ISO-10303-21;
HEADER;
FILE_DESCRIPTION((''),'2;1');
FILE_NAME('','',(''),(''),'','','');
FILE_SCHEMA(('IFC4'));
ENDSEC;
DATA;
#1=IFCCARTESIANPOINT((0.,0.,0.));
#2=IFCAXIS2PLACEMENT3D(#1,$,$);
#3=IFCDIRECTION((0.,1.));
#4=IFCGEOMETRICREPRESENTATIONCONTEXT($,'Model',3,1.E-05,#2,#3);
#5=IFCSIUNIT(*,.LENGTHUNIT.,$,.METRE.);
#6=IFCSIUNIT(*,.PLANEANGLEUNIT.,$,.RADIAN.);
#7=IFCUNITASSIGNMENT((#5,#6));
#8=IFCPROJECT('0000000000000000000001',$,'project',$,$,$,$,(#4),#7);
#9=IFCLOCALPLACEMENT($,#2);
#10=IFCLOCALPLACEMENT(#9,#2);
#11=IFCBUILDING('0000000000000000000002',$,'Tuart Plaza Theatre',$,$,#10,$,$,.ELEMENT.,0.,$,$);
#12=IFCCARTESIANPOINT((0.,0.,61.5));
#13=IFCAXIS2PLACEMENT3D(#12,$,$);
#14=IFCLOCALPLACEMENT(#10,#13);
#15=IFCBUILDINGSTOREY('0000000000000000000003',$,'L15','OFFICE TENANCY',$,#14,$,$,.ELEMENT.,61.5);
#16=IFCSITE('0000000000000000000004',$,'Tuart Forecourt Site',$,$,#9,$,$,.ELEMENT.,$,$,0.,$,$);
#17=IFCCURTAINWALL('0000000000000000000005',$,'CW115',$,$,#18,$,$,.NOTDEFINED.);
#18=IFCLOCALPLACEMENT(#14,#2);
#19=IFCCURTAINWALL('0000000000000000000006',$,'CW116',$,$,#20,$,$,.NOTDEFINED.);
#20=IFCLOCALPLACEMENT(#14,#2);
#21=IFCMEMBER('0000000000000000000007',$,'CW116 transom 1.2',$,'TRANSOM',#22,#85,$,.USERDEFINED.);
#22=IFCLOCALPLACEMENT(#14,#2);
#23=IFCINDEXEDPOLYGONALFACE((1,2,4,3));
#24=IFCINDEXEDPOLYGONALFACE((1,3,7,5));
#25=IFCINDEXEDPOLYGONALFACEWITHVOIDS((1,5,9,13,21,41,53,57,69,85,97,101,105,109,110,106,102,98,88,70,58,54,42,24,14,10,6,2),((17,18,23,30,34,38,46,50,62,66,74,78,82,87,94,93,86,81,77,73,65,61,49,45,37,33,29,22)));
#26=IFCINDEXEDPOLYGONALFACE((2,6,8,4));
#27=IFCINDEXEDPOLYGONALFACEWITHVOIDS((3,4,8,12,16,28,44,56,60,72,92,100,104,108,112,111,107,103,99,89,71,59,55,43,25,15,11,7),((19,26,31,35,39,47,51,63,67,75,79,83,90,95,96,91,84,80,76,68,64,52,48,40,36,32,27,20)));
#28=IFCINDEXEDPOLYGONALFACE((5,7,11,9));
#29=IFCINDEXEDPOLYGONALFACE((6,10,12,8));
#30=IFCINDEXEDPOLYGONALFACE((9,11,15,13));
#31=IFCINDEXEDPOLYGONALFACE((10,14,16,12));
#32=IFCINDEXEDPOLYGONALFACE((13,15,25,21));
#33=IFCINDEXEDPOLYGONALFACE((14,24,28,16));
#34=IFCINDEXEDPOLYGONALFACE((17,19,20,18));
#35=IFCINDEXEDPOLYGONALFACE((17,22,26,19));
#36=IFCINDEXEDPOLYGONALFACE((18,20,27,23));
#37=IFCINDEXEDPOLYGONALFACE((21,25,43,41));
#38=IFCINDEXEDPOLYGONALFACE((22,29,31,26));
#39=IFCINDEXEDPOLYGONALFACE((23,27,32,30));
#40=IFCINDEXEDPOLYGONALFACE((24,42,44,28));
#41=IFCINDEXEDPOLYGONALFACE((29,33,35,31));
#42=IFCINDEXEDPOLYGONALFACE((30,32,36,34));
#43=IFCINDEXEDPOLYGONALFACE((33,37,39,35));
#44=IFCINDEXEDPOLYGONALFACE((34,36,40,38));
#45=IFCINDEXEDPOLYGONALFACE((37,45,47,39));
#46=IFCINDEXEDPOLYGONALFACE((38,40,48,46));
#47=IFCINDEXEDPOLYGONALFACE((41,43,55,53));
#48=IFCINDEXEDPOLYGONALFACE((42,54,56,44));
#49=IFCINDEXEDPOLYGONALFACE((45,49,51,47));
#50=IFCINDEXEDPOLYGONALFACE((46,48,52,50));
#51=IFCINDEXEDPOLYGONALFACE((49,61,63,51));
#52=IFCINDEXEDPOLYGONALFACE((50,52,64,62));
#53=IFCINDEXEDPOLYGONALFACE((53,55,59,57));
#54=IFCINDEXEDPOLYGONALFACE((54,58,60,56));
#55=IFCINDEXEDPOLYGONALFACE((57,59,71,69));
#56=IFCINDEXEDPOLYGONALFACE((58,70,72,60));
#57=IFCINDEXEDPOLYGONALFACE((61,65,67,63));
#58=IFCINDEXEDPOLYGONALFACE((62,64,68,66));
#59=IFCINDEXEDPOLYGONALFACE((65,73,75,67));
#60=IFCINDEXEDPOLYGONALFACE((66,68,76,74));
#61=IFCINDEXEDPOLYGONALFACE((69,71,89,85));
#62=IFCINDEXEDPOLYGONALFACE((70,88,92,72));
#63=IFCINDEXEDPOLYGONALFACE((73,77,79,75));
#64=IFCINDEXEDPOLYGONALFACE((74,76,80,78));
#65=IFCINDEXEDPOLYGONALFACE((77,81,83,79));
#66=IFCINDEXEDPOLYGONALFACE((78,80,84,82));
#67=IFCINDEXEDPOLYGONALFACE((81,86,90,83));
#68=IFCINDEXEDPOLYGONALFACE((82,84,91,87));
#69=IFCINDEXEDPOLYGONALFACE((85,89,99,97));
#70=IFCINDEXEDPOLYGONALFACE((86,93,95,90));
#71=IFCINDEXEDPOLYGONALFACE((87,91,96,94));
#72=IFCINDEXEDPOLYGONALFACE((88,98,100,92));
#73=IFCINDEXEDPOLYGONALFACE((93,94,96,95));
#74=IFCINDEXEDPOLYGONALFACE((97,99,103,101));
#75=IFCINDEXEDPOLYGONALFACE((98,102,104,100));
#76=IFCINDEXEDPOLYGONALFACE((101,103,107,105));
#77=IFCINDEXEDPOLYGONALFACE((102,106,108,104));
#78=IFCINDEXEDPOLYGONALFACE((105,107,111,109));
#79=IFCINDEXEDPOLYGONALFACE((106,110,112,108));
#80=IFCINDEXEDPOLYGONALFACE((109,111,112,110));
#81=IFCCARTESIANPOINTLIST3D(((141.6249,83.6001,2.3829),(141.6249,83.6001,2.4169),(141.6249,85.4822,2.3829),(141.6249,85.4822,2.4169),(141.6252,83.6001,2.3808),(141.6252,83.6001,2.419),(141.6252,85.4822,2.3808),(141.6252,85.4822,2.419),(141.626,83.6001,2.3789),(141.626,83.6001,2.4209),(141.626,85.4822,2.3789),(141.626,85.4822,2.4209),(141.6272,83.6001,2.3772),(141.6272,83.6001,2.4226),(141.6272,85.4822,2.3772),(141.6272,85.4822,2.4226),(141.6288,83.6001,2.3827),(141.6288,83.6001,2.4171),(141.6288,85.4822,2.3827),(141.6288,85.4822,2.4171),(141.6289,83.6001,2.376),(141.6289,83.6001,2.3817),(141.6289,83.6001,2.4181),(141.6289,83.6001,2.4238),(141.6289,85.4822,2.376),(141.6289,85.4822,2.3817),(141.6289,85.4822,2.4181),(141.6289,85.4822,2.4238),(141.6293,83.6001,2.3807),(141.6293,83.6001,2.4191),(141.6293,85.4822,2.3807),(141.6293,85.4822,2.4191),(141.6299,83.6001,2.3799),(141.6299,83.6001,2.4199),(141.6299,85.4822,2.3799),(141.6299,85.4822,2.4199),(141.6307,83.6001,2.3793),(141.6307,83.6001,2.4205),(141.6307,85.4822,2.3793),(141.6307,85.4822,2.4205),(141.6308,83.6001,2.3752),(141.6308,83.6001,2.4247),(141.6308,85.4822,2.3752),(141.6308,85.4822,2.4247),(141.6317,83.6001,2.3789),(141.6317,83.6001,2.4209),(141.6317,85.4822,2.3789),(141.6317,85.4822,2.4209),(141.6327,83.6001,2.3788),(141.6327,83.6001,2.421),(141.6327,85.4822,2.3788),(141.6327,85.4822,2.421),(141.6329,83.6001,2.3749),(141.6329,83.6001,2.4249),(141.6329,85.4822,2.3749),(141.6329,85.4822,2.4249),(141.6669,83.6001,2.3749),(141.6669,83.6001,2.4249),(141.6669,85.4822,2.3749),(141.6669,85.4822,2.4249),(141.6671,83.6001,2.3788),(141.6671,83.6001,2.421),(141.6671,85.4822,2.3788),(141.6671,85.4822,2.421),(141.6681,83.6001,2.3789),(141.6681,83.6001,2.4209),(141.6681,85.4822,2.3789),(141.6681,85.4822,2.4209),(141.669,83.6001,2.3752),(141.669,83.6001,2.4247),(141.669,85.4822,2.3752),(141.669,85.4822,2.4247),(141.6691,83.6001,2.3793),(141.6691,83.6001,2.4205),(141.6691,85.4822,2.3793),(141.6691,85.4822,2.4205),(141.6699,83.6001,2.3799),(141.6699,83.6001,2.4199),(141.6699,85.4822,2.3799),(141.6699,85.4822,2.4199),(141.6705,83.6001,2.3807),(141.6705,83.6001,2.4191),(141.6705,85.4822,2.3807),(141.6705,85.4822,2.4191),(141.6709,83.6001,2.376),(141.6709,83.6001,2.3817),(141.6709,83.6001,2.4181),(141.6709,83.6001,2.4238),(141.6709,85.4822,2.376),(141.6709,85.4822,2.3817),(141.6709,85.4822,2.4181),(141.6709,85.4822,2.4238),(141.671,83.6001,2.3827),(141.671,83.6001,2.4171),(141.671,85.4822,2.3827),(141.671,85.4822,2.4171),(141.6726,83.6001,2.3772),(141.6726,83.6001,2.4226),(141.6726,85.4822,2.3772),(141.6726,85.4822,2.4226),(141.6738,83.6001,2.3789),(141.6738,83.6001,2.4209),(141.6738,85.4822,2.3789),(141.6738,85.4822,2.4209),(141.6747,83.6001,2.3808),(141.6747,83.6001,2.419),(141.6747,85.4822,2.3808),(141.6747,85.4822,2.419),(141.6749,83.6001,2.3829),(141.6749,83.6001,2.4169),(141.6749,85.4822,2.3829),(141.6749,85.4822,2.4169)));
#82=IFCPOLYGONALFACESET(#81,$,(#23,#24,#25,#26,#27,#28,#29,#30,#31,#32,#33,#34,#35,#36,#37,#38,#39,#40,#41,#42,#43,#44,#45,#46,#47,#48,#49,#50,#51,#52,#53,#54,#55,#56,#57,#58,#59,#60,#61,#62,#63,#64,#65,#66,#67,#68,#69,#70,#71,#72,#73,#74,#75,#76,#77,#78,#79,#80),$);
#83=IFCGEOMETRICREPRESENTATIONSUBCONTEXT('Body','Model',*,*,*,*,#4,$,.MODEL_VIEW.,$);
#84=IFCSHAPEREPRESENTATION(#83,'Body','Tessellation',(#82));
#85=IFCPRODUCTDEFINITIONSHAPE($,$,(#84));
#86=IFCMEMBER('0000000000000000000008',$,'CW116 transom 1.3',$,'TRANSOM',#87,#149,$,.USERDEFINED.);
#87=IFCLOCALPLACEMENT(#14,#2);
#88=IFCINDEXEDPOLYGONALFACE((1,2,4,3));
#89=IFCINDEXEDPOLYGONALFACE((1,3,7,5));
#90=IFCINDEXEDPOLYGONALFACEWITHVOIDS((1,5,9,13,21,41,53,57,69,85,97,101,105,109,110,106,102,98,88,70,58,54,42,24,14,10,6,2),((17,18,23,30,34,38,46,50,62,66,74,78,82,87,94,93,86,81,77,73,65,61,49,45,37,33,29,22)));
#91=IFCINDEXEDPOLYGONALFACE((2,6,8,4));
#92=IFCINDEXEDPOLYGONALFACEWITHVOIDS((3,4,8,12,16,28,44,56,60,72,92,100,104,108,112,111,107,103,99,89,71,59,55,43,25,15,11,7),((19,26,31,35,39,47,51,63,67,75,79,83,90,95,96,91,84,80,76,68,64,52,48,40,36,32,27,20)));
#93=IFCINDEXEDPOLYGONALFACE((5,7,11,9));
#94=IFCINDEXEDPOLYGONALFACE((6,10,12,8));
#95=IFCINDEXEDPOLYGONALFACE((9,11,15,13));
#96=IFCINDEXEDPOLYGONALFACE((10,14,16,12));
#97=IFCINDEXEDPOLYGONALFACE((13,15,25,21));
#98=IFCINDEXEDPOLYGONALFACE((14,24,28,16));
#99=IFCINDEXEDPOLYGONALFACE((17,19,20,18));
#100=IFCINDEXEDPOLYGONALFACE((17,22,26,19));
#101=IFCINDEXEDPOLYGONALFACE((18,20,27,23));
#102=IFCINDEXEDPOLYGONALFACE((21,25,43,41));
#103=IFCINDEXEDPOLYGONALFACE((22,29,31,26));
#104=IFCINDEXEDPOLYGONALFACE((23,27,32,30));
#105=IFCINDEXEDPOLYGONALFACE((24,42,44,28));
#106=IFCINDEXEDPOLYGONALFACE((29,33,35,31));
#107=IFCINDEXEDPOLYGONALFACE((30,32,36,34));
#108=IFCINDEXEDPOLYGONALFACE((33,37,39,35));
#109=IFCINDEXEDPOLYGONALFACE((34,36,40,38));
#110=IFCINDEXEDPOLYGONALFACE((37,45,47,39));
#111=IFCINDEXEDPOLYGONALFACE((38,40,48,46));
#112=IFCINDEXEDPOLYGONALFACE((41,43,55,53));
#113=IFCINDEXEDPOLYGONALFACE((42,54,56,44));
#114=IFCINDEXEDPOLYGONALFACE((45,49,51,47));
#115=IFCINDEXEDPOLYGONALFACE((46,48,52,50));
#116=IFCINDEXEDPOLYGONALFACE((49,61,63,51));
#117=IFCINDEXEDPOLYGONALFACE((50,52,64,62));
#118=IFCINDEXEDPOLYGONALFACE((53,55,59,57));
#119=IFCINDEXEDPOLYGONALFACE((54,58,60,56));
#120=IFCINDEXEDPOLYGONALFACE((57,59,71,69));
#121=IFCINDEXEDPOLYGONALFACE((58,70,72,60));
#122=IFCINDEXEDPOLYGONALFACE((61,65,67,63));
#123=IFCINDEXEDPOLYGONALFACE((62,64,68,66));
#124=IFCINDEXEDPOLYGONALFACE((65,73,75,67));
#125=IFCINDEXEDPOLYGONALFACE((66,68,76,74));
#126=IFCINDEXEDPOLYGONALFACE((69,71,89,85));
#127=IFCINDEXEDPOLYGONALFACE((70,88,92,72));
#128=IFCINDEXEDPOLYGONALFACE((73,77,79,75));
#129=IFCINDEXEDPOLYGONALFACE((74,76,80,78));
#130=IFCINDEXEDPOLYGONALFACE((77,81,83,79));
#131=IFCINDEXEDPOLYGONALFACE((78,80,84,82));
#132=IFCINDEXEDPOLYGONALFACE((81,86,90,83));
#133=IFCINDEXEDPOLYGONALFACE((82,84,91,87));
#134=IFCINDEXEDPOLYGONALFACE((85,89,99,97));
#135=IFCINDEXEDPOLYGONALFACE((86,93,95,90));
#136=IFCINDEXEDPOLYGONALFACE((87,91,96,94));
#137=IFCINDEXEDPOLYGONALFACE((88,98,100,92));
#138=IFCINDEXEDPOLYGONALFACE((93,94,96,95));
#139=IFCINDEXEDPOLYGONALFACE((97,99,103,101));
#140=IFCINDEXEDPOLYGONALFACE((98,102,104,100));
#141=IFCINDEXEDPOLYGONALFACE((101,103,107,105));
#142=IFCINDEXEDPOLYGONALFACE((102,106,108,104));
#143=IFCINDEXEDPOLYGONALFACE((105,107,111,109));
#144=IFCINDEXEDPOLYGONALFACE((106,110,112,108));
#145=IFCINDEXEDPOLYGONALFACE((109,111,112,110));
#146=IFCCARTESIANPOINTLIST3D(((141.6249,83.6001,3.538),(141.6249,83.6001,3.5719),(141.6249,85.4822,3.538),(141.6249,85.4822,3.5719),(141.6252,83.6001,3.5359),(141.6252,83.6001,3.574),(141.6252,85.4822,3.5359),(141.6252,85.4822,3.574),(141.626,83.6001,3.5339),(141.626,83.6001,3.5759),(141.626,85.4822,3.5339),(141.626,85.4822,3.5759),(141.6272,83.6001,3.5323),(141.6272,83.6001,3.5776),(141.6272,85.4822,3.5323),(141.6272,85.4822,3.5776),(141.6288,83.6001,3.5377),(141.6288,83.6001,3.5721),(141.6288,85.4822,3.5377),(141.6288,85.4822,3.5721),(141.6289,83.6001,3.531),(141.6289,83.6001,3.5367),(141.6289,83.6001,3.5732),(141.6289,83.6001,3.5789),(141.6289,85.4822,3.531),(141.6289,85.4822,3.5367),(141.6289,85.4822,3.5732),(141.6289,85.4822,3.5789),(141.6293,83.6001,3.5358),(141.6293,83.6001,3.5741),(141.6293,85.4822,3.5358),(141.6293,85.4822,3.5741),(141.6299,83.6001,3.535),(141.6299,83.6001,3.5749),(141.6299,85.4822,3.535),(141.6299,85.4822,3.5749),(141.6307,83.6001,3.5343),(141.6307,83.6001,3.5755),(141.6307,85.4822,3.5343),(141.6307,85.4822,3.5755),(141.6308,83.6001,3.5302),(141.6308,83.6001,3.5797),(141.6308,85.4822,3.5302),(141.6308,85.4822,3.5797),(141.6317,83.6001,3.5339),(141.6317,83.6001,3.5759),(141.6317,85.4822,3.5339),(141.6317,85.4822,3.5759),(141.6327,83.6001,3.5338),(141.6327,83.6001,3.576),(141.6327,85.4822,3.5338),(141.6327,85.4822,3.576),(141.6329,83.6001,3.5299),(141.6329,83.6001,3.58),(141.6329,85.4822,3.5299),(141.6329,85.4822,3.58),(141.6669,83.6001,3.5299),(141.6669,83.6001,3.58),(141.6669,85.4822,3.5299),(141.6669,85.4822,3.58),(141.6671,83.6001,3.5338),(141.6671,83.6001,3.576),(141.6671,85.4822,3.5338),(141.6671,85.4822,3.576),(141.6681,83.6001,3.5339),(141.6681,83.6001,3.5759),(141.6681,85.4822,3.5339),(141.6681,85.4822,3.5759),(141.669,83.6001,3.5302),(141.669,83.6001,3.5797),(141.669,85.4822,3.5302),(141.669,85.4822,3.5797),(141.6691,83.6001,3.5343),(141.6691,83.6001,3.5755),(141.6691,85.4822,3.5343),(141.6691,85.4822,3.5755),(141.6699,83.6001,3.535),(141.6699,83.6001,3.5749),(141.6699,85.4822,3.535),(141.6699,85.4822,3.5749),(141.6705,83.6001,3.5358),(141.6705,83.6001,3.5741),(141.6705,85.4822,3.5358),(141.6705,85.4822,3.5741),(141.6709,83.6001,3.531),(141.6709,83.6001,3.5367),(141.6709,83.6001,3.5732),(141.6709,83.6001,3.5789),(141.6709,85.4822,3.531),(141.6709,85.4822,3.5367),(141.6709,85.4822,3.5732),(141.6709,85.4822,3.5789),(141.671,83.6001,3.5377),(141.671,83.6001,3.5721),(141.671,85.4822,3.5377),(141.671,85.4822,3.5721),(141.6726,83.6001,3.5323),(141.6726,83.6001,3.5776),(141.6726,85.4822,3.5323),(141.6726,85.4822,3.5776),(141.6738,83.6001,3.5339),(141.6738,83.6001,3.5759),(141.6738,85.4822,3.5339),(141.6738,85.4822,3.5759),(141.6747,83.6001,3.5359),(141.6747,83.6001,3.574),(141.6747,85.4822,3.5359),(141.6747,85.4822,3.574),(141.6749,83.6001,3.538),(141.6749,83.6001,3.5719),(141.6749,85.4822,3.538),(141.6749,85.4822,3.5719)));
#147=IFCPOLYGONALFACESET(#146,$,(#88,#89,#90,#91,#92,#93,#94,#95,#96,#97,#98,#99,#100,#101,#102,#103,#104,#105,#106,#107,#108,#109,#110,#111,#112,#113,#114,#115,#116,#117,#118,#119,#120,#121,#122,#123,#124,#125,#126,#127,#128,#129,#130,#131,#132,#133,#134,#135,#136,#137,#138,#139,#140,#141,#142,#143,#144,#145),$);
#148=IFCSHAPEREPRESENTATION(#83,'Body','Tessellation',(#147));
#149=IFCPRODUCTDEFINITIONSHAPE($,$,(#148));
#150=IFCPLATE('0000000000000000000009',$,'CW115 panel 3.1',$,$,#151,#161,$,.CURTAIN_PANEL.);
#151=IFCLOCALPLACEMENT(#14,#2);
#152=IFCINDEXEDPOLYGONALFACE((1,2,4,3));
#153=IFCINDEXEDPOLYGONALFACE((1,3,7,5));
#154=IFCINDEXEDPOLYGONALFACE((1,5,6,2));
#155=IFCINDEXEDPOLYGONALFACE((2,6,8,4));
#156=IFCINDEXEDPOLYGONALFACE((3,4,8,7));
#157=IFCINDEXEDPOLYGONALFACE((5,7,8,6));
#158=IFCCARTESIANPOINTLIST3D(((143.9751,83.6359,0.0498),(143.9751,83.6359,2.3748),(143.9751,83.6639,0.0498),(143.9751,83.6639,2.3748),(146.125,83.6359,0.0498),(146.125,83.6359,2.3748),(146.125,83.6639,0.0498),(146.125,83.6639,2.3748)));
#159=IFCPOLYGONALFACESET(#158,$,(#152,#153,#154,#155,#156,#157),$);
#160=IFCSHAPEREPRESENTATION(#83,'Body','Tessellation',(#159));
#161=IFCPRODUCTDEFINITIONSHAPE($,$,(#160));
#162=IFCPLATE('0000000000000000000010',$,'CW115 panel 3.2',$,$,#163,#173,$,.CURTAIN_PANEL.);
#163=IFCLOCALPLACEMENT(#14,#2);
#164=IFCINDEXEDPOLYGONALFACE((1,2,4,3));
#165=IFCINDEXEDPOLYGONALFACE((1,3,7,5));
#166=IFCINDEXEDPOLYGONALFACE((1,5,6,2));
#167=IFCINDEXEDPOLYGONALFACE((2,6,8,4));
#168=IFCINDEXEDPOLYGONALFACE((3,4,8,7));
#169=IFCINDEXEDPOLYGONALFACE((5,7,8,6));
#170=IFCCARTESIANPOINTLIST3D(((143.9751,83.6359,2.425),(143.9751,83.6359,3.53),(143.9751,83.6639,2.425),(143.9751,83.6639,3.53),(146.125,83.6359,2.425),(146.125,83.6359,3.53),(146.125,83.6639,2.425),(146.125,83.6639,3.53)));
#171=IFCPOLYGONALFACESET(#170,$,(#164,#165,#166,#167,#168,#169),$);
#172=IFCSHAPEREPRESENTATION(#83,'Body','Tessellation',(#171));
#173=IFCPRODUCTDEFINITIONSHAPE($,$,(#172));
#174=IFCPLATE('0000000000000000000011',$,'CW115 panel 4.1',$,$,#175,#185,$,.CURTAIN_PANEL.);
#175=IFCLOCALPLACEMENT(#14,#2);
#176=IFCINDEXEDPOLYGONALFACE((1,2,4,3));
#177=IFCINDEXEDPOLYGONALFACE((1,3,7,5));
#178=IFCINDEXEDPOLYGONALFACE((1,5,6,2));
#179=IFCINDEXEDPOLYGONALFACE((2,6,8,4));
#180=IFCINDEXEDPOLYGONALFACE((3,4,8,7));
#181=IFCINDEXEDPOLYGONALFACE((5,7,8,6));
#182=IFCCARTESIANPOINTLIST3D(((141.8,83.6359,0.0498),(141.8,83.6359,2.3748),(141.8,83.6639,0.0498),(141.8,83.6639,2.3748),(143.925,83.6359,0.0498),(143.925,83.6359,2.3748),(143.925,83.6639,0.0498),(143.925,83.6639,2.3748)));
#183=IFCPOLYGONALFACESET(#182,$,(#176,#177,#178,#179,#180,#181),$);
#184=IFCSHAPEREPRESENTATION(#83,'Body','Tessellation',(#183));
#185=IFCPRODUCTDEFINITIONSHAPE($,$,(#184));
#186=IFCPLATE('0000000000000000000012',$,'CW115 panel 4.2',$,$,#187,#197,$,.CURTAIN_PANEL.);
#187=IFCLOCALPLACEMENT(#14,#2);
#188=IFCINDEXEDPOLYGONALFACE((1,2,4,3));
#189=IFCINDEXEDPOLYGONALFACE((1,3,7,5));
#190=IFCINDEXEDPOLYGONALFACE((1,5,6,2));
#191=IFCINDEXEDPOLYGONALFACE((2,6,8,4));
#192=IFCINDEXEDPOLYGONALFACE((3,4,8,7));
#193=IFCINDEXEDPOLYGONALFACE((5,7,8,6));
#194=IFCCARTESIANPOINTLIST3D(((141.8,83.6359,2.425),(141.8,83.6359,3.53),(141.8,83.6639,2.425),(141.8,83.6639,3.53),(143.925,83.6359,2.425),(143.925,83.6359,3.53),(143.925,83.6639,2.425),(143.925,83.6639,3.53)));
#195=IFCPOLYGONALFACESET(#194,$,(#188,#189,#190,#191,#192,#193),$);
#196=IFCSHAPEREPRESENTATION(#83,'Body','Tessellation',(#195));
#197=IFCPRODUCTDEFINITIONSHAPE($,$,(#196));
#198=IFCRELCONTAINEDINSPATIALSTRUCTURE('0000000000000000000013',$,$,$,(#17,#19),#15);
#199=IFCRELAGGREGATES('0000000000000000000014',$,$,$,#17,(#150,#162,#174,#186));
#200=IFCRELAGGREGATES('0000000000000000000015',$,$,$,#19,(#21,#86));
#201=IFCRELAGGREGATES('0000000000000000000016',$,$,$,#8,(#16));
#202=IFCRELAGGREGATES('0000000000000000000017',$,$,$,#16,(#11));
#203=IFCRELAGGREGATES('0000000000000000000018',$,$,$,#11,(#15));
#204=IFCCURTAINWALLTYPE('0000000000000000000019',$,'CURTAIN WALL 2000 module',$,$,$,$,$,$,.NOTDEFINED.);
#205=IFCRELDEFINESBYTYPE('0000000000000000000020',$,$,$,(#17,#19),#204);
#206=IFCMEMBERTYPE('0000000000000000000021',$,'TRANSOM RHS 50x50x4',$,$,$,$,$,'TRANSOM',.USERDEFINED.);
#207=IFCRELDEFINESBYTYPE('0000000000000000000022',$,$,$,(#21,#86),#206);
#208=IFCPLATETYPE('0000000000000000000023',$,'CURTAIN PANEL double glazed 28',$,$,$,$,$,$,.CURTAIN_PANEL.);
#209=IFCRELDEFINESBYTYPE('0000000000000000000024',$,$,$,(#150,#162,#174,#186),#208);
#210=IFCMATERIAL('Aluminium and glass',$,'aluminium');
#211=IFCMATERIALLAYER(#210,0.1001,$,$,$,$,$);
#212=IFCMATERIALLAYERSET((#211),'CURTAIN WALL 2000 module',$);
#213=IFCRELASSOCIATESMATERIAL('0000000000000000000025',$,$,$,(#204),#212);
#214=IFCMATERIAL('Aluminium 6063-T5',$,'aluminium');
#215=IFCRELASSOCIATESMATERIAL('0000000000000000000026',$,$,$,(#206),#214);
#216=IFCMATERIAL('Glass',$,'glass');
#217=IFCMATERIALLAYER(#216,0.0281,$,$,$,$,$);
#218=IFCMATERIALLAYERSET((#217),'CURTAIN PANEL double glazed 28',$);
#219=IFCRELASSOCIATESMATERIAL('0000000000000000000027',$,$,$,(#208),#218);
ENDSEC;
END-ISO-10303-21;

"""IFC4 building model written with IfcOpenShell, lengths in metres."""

from ifc_helpers import new_model, si_unit, direction, frame, origin, origin_2d, place, context, subcontext, project, spatial, rectangle, hollow_rectangle, extrude, material, layer, layer_set, material_profile, profile_set, type_object, element, aggregate, save


model = new_model("IFC4")

# Units and contexts
model_context = context("Model", 3, precision=1e-05, world=origin(), true_north=direction((0.0, 1.0)))
body_context = subcontext(model_context, "Body", "Model", "MODEL_VIEW")
ifc_project = project(units=[si_unit("LENGTHUNIT", "METRE"), si_unit("PLANEANGLEUNIT", "RADIAN")], contexts=[model_context])

# Site, building, storey
site_placement = place(None, origin())
site = spatial("IfcSite", under=ifc_project, at=site_placement, Name="Tuart Forecourt Site", CompositionType="ELEMENT", RefElevation=0.0)
building_placement = place(site_placement, origin())
building = spatial("IfcBuilding", under=site, at=building_placement, Name="Tuart Plaza Theatre", CompositionType="ELEMENT", ElevationOfRefHeight=0.0)
storey_placement = place(building_placement, frame((0.0, 0.0, 61.5)))
storey = spatial("IfcBuildingStorey", under=building, at=storey_placement, Name="L15", Description="OFFICE TENANCY", CompositionType="ELEMENT", Elevation=61.5)

# Curtain walls
ifc_material_1 = material(Name="Aluminium and glass", Category="aluminium")
ifc_layer_1 = layer(ifc_material_1, 0.1001)
ifc_layer_set_1 = layer_set([ifc_layer_1], Name="CURTAIN WALL 2000 module")
curtain_wall_type = type_object("IfcCurtainWallType", Name="CURTAIN WALL 2000 module", PredefinedType="NOTDEFINED", material=ifc_layer_set_1)
curtain_wall_1_placement = place(storey_placement, origin())
curtain_wall_1 = element("IfcCurtainWall", 1, at=curtain_wall_1_placement, inside=storey, type_object=curtain_wall_type, Name="CW115", PredefinedType="NOTDEFINED")
curtain_wall_2_placement = place(storey_placement, origin())
curtain_wall_2 = element("IfcCurtainWall", 2, at=curtain_wall_2_placement, inside=storey, type_object=curtain_wall_type, Name="CW116", PredefinedType="NOTDEFINED")

# Members
ifc_material_2 = material(Name="Aluminium 6063-T5", Category="aluminium")
ifc_material_profile_1 = material_profile(ifc_material_2, hollow_rectangle(XDim=0.05, YDim=0.05, WallThickness=0.0039, InnerFilletRadius=0.0039, OuterFilletRadius=0.0081, at=origin_2d()), Name="RHS 50x50x4")
ifc_profile_set_1 = profile_set([ifc_material_profile_1], Name="Aluminium 6063-T5")
member_type_1 = type_object("IfcMemberType", Name="TRANSOM RHS 50x50x4", ElementType="TRANSOM", PredefinedType="USERDEFINED", material=ifc_profile_set_1)
member_1_placement = place(storey_placement, frame((141.6499, 83.6001, 2.3999), z_axis=(0.0, 1.0, 0.0), x_axis=(-1.0, 0.0, 0.0)))
member_1 = element("IfcMember", 3, at=member_1_placement, type_object=member_type_1, Name="CW116 transom 1.2", ObjectType="TRANSOM", PredefinedType="USERDEFINED", context=body_context, shape_type="SweptSolid", body=[
    extrude(hollow_rectangle(XDim=0.05, YDim=0.05, WallThickness=0.0039, InnerFilletRadius=0.0039, OuterFilletRadius=0.0081, at=origin_2d()), origin(), (0.0, 0.0, 1.0), 1.8821),
])
member_2_placement = place(storey_placement, frame((141.6499, 83.6001, 3.5549), z_axis=(0.0, 1.0, 0.0), x_axis=(-1.0, 0.0, 0.0)))
member_2 = element("IfcMember", 4, at=member_2_placement, type_object=member_type_1, Name="CW116 transom 1.3", ObjectType="TRANSOM", PredefinedType="USERDEFINED", context=body_context, shape_type="SweptSolid", body=[
    extrude(hollow_rectangle(XDim=0.05, YDim=0.05, WallThickness=0.0039, InnerFilletRadius=0.0039, OuterFilletRadius=0.0081, at=origin_2d()), origin(), (0.0, 0.0, 1.0), 1.8821),
])

# Plates
ifc_material_3 = material(Name="Glass", Category="glass")
ifc_layer_2 = layer(ifc_material_3, 0.0281)
ifc_layer_set_2 = layer_set([ifc_layer_2], Name="CURTAIN PANEL double glazed 28")
plate_type = type_object("IfcPlateType", Name="CURTAIN PANEL double glazed 28", PredefinedType="CURTAIN_PANEL", material=ifc_layer_set_2)
plate_1_placement = place(storey_placement, frame((145.05, 83.6499, 0.0498), z_axis=(0.0, 0.0, 1.0), x_axis=(-1.0, 0.0, 0.0)))
plate_1 = element("IfcPlate", 5, at=plate_1_placement, type_object=plate_type, Name="CW115 panel 3.1", PredefinedType="CURTAIN_PANEL", context=body_context, shape_type="SweptSolid", body=[
    extrude(rectangle(XDim=2.1499, YDim=0.0281, at=origin_2d()), origin(), (0.0, 0.0, 1.0), 2.325),
])
plate_2_placement = place(storey_placement, frame((145.05, 83.6499, 2.425), z_axis=(0.0, 0.0, 1.0), x_axis=(-1.0, 0.0, 0.0)))
plate_2 = element("IfcPlate", 6, at=plate_2_placement, type_object=plate_type, Name="CW115 panel 3.2", PredefinedType="CURTAIN_PANEL", context=body_context, shape_type="SweptSolid", body=[
    extrude(rectangle(XDim=2.1499, YDim=0.0281, at=origin_2d()), origin(), (0.0, 0.0, 1.0), 1.105),
])
plate_3_placement = place(storey_placement, frame((142.8625, 83.6499, 0.0498), z_axis=(0.0, 0.0, 1.0), x_axis=(-1.0, 0.0, 0.0)))
plate_3 = element("IfcPlate", 7, at=plate_3_placement, type_object=plate_type, Name="CW115 panel 4.1", PredefinedType="CURTAIN_PANEL", context=body_context, shape_type="SweptSolid", body=[
    extrude(rectangle(XDim=2.125, YDim=0.0281, at=origin_2d()), origin(), (0.0, 0.0, 1.0), 2.325),
])
plate_4_placement = place(storey_placement, frame((142.8625, 83.6499, 2.425), z_axis=(0.0, 0.0, 1.0), x_axis=(-1.0, 0.0, 0.0)))
plate_4 = element("IfcPlate", 8, at=plate_4_placement, type_object=plate_type, Name="CW115 panel 4.2", PredefinedType="CURTAIN_PANEL", context=body_context, shape_type="SweptSolid", body=[
    extrude(rectangle(XDim=2.125, YDim=0.0281, at=origin_2d()), origin(), (0.0, 0.0, 1.0), 1.105),
])
aggregate(curtain_wall_1, [plate_1, plate_2, plate_3, plate_4])
aggregate(curtain_wall_2, [member_1, member_2])

save(model, "model.ifc")
